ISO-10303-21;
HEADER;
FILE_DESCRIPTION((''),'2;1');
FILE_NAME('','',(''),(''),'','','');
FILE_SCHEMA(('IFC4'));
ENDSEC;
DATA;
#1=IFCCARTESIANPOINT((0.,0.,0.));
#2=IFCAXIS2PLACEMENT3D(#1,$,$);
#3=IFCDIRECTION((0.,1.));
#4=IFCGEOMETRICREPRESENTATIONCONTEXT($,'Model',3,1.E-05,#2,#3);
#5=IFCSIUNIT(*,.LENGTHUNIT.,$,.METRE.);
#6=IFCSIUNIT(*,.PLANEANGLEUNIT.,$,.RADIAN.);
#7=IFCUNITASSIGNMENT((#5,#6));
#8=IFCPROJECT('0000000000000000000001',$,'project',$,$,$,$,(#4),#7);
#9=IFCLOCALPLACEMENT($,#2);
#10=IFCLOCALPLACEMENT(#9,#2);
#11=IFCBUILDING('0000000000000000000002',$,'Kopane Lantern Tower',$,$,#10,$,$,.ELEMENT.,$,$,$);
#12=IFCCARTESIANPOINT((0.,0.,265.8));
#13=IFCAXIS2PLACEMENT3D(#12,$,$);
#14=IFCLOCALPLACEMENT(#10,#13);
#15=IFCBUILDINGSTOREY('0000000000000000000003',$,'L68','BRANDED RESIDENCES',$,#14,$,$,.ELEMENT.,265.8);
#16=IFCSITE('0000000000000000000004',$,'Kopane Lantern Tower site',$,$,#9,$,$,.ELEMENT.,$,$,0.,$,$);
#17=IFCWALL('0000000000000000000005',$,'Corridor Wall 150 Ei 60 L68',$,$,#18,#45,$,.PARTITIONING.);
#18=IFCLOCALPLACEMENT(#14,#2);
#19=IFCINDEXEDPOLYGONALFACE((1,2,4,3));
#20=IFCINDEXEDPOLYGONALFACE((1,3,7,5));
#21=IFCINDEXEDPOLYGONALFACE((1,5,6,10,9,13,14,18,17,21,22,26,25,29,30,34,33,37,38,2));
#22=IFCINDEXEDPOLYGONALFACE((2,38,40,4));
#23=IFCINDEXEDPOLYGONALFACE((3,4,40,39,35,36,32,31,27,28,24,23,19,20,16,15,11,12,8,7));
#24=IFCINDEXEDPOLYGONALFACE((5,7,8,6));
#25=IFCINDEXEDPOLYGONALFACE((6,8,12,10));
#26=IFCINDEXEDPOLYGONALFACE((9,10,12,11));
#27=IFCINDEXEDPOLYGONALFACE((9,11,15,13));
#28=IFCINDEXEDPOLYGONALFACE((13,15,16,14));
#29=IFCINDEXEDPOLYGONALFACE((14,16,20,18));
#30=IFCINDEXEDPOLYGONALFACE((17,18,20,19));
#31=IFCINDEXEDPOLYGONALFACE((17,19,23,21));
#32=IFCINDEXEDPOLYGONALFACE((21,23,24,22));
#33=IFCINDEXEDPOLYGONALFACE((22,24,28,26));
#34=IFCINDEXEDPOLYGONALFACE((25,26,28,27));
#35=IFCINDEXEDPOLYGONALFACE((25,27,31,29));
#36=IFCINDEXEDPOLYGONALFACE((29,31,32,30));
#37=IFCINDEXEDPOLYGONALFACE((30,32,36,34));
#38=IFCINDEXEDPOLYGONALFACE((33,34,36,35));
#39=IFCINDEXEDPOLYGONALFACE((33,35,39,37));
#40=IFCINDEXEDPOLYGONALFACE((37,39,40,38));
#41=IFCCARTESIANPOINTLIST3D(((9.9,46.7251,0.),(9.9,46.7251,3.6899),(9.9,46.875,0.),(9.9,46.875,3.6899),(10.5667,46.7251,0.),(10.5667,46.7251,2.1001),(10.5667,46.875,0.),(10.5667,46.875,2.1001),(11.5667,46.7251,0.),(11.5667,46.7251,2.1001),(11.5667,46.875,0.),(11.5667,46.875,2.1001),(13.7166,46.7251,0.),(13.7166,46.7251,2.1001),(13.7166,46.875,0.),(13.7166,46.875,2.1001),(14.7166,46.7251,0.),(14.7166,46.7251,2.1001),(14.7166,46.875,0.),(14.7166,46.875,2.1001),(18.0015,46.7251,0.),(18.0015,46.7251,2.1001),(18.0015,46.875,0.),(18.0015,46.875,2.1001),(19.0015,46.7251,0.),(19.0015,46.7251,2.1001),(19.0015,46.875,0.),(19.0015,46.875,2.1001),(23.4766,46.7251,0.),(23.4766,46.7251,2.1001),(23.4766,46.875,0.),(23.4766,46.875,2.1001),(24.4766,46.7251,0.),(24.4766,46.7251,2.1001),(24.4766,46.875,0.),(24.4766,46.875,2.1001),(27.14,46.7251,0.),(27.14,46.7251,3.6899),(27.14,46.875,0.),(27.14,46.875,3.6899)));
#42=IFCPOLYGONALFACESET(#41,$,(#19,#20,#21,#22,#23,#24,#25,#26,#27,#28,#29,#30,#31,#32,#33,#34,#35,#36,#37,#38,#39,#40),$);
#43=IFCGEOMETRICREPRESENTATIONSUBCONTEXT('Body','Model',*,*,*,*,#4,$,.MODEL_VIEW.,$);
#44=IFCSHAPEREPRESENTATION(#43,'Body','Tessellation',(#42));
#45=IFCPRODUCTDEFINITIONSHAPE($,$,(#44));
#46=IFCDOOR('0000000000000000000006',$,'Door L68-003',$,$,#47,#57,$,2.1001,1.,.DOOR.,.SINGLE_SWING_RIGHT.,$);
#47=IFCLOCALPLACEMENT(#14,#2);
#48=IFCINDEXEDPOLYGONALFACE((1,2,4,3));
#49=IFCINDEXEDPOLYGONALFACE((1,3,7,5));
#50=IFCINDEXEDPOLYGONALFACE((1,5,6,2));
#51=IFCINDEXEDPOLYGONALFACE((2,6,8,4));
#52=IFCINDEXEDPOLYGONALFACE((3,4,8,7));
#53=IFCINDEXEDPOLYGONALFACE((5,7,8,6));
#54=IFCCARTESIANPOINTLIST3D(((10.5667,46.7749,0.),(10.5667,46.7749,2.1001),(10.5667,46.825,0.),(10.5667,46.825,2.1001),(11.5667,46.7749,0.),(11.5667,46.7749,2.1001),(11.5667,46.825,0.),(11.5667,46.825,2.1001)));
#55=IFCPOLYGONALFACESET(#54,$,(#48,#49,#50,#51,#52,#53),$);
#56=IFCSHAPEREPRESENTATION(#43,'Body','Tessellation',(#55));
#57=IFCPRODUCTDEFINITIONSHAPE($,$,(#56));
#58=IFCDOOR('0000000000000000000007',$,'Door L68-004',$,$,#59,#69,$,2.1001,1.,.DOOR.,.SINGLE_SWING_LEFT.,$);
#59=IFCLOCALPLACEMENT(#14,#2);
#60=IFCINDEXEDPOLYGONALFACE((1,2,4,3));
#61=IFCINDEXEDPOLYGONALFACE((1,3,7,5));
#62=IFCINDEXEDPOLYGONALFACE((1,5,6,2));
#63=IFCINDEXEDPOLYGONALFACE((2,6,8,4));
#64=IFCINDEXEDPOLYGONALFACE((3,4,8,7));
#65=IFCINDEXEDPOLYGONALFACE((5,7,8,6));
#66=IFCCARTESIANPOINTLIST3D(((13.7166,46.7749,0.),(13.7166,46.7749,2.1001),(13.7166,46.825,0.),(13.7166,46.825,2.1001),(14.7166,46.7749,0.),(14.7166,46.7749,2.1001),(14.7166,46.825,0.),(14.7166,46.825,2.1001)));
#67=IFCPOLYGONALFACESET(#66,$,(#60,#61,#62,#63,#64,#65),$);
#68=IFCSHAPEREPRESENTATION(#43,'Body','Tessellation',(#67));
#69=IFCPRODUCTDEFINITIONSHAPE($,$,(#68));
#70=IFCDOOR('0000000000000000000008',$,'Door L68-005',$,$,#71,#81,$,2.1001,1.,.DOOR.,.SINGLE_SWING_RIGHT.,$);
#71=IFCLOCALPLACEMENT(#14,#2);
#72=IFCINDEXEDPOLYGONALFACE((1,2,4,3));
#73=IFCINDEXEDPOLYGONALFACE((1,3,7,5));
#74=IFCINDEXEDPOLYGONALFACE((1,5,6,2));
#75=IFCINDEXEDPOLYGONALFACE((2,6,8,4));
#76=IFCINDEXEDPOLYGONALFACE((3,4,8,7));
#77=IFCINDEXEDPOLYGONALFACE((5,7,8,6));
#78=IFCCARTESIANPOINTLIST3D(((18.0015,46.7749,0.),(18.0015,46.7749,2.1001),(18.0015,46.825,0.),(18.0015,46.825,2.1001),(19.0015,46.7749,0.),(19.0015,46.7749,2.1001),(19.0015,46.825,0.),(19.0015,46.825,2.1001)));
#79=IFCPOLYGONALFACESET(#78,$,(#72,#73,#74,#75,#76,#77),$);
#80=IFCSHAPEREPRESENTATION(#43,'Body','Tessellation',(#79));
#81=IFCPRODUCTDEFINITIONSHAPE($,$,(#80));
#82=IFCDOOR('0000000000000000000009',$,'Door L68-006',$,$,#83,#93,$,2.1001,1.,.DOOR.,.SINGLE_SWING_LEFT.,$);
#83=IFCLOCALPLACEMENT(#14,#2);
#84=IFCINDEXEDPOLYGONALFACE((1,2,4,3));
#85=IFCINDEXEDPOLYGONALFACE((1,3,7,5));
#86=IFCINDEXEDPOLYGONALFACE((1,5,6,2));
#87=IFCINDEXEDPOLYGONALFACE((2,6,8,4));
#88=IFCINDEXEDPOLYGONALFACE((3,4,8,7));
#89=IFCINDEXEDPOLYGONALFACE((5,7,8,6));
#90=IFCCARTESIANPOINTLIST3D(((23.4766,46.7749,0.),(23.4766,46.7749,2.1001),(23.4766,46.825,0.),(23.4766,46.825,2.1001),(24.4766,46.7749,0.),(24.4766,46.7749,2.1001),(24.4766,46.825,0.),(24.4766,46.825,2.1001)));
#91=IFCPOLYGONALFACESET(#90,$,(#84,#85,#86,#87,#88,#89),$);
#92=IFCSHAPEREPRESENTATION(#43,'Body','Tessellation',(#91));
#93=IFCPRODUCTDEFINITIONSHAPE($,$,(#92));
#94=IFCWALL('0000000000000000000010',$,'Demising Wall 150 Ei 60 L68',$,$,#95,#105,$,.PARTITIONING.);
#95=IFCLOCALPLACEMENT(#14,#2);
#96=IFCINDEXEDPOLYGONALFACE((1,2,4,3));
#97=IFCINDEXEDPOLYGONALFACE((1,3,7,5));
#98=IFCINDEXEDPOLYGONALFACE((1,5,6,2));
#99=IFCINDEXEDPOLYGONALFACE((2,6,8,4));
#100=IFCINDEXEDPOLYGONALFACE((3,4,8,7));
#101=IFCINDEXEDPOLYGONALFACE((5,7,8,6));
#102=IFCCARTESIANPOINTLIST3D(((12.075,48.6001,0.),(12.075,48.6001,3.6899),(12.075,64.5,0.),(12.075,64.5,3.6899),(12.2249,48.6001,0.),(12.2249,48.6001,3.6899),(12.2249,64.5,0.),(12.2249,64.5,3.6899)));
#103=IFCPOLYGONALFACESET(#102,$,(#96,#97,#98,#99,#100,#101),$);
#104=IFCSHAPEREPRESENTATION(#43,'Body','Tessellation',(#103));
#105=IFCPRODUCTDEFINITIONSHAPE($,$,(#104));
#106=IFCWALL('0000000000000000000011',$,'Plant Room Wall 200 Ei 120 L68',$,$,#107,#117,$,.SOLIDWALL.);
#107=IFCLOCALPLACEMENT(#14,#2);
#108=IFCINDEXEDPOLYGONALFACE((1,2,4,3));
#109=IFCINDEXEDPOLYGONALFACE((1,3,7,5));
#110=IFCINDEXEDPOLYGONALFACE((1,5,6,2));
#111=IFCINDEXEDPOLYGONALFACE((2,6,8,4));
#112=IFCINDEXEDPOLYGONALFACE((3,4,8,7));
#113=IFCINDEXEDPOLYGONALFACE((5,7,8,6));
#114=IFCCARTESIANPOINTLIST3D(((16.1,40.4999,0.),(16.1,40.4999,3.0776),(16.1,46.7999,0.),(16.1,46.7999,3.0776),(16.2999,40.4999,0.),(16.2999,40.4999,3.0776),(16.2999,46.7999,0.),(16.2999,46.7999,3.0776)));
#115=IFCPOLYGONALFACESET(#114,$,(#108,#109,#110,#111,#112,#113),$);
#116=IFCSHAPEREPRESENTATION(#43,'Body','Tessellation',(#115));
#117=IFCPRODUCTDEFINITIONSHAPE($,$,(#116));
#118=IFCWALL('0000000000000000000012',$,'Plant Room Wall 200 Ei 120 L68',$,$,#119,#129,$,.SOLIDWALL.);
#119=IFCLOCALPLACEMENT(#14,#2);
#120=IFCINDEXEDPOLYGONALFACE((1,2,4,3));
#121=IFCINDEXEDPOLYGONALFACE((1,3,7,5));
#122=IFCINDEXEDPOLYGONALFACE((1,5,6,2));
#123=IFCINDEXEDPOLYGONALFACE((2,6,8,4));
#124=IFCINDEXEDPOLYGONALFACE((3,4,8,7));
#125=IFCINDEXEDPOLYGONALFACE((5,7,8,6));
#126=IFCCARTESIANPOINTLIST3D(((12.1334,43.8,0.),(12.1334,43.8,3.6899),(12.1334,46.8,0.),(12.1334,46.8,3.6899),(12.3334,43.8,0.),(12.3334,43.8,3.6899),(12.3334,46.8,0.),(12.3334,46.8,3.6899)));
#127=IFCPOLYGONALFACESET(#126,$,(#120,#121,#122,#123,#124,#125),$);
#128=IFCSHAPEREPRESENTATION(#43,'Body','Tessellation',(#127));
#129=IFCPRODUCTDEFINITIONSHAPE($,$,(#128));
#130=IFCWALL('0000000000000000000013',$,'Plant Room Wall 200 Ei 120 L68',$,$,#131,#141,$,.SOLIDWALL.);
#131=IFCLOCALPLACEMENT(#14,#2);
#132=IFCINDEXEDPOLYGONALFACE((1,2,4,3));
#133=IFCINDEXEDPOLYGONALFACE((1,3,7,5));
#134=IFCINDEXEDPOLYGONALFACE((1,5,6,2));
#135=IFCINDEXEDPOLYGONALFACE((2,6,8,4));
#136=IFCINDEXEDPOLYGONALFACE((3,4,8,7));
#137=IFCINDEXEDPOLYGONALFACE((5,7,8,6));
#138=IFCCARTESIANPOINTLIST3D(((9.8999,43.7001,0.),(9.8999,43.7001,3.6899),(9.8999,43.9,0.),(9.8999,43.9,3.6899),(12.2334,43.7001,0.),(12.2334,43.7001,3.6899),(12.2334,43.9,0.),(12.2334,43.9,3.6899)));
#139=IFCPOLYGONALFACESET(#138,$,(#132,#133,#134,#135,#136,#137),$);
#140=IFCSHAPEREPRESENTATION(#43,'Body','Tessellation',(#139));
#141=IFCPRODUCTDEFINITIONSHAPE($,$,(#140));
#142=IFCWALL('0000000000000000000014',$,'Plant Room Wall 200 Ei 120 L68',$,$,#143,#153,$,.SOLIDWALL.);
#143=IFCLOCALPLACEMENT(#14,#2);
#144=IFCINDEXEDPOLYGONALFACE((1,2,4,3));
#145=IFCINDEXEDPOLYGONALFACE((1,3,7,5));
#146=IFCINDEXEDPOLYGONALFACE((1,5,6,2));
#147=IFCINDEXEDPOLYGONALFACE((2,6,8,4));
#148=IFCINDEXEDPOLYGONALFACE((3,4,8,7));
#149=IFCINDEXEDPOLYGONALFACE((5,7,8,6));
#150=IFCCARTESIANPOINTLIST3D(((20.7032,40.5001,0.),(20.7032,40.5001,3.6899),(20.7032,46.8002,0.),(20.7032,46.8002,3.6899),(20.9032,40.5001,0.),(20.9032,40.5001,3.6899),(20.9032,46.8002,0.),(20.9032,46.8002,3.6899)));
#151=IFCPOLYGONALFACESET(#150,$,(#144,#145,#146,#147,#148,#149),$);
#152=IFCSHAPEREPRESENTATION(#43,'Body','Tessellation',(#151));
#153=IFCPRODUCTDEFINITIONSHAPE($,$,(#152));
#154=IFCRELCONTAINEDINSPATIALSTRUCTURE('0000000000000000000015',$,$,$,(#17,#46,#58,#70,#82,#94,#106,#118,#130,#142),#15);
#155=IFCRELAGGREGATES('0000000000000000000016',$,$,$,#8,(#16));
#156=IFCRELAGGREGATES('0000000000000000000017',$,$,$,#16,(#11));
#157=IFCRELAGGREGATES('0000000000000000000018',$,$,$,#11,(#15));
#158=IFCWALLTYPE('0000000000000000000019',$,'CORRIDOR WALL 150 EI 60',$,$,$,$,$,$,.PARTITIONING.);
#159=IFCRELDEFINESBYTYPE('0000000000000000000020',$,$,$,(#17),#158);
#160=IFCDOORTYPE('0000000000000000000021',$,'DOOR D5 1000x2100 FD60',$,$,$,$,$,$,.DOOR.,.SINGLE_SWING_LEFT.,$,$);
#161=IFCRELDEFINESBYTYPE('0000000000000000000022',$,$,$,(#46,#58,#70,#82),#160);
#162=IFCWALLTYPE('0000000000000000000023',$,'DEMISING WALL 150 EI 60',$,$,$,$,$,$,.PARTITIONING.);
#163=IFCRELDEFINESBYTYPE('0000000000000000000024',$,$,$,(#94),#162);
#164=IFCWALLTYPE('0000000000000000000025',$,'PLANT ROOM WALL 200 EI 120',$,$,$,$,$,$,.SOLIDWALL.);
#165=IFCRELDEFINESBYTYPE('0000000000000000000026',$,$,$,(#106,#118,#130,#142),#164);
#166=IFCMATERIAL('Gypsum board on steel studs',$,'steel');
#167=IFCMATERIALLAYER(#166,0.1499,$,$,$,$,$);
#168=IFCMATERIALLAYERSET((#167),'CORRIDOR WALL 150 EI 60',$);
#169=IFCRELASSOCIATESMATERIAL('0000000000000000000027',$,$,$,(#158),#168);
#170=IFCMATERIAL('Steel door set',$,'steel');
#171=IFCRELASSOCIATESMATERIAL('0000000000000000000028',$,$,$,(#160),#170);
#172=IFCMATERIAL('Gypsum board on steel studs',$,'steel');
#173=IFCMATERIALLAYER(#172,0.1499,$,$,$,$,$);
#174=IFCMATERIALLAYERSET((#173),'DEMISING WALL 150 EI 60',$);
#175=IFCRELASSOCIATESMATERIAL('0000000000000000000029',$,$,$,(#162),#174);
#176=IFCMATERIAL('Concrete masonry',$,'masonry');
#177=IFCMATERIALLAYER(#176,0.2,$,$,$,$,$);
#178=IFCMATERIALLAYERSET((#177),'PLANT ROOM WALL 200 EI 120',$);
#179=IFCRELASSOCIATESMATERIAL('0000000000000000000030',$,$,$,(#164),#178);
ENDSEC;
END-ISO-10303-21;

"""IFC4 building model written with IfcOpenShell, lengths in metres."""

from ifc_helpers import new_model, si_unit, direction, frame, frame_2d, origin, place, context, subcontext, project, spatial, rectangle, extrude, material, layer, layer_set, type_object, element, fill, save


model = new_model("IFC4")

# Units and contexts
model_context = context("Model", 3, precision=1e-05, world=origin(), true_north=direction((0.0, 1.0)))
body_context = subcontext(model_context, "Body", "Model", "MODEL_VIEW")
ifc_project = project(units=[si_unit("LENGTHUNIT", "METRE"), si_unit("PLANEANGLEUNIT", "RADIAN")], contexts=[model_context])

# Site, building, storey
site_placement = place(None, origin())
site = spatial("IfcSite", under=ifc_project, at=site_placement, Name="Kopane Lantern Tower site", CompositionType="ELEMENT", RefElevation=0.0)
building_placement = place(site_placement, origin())
building = spatial("IfcBuilding", under=site, at=building_placement, Name="Kopane Lantern Tower", CompositionType="ELEMENT")
storey_placement = place(building_placement, frame((0.0, 0.0, 265.8)))
storey = spatial("IfcBuildingStorey", under=building, at=storey_placement, Name="L68", Description="BRANDED RESIDENCES", CompositionType="ELEMENT", Elevation=265.8)

# Wall, openings, doors
ifc_material_1 = material(Name="Gypsum board on steel studs", Category="steel")
ifc_layer_1 = layer(ifc_material_1, 0.1499)
ifc_layer_set_1 = layer_set([ifc_layer_1], Name="CORRIDOR WALL 150 EI 60")
wall_type_1 = type_object("IfcWallType", Name="CORRIDOR WALL 150 EI 60", PredefinedType="PARTITIONING", material=ifc_layer_set_1)
wall_1_placement = place(storey_placement, frame((9.8999, 46.8, 0.0), z_axis=(0.0, 0.0, 1.0), x_axis=(1.0, 0.0, 0.0)))
wall_1 = element("IfcWall", 1, at=wall_1_placement, inside=storey, type_object=wall_type_1, Name="Corridor Wall 150 Ei 60 L68", PredefinedType="PARTITIONING", context=body_context, shape_type="SweptSolid", body=[
    extrude(rectangle(XDim=17.24, YDim=0.1499, at=frame_2d((8.6201, 0.0))), origin(), (0.0, 0.0, 1.0), 3.6899),
])
opening_1_placement = place(wall_1_placement, frame((0.6667, 0.0, 0.0)))
opening_1 = element("IfcOpeningElement", 2, at=opening_1_placement, cuts=wall_1, PredefinedType="OPENING", context=body_context, shape_type="SweptSolid", body=[
    extrude(rectangle(XDim=1.0, YDim=2.1001, at=frame_2d((0.5, 1.05))), frame((0.0, 0.085, 0.0), z_axis=(0.0, -1.0, 0.0), x_axis=(1.0, 0.0, 0.0)), (0.0, 0.0, 1.0), 0.1699),
])
opening_2_placement = place(wall_1_placement, frame((3.8167, 0.0, 0.0)))
opening_2 = element("IfcOpeningElement", 3, at=opening_2_placement, cuts=wall_1, PredefinedType="OPENING", context=body_context, shape_type="SweptSolid", body=[
    extrude(rectangle(XDim=1.0, YDim=2.1001, at=frame_2d((0.5, 1.05))), frame((0.0, 0.085, 0.0), z_axis=(0.0, -1.0, 0.0), x_axis=(1.0, 0.0, 0.0)), (0.0, 0.0, 1.0), 0.1699),
])
opening_3_placement = place(wall_1_placement, frame((8.1016, 0.0, 0.0)))
opening_3 = element("IfcOpeningElement", 4, at=opening_3_placement, cuts=wall_1, PredefinedType="OPENING", context=body_context, shape_type="SweptSolid", body=[
    extrude(rectangle(XDim=1.0, YDim=2.1001, at=frame_2d((0.5, 1.05))), frame((0.0, 0.085, 0.0), z_axis=(0.0, -1.0, 0.0), x_axis=(1.0, 0.0, 0.0)), (0.0, 0.0, 1.0), 0.1699),
])
opening_4_placement = place(wall_1_placement, frame((13.5767, 0.0, 0.0)))
opening_4 = element("IfcOpeningElement", 5, at=opening_4_placement, cuts=wall_1, PredefinedType="OPENING", context=body_context, shape_type="SweptSolid", body=[
    extrude(rectangle(XDim=1.0, YDim=2.1001, at=frame_2d((0.5, 1.05))), frame((0.0, 0.085, 0.0), z_axis=(0.0, -1.0, 0.0), x_axis=(1.0, 0.0, 0.0)), (0.0, 0.0, 1.0), 0.1699),
])
ifc_material_2 = material(Name="Steel door set", Category="steel")
door_type_1 = type_object("IfcDoorType", Name="DOOR D5 1000x2100 FD60", OperationType="SINGLE_SWING_LEFT", PredefinedType="DOOR", material=ifc_material_2)
door_1_placement = place(opening_1_placement, origin())
door_1 = element("IfcDoor", 6, at=door_1_placement, inside=storey, type_object=door_type_1, Name="Door L68-003", OperationType="SINGLE_SWING_RIGHT", OverallHeight=2.1001, OverallWidth=1.0, PredefinedType="DOOR", context=body_context, shape_type="SweptSolid", body=[
    extrude(rectangle(XDim=1.0, YDim=2.1001, at=frame_2d((0.5, 1.05))), frame((0.0, 0.0249, 0.0), z_axis=(0.0, -1.0, 0.0), x_axis=(1.0, 0.0, 0.0)), (0.0, 0.0, 1.0), 0.05),
])
fill(opening_1, door_1)
door_2_placement = place(opening_2_placement, origin())
door_2 = element("IfcDoor", 7, at=door_2_placement, inside=storey, type_object=door_type_1, Name="Door L68-004", OperationType="SINGLE_SWING_LEFT", OverallHeight=2.1001, OverallWidth=1.0, PredefinedType="DOOR", context=body_context, shape_type="SweptSolid", body=[
    extrude(rectangle(XDim=1.0, YDim=2.1001, at=frame_2d((0.5, 1.05))), frame((0.0, 0.0249, 0.0), z_axis=(0.0, -1.0, 0.0), x_axis=(1.0, 0.0, 0.0)), (0.0, 0.0, 1.0), 0.05),
])
fill(opening_2, door_2)
door_3_placement = place(opening_3_placement, origin())
door_3 = element("IfcDoor", 8, at=door_3_placement, inside=storey, type_object=door_type_1, Name="Door L68-005", OperationType="SINGLE_SWING_RIGHT", OverallHeight=2.1001, OverallWidth=1.0, PredefinedType="DOOR", context=body_context, shape_type="SweptSolid", body=[
    extrude(rectangle(XDim=1.0, YDim=2.1001, at=frame_2d((0.5, 1.05))), frame((0.0, 0.0249, 0.0), z_axis=(0.0, -1.0, 0.0), x_axis=(1.0, 0.0, 0.0)), (0.0, 0.0, 1.0), 0.05),
])
fill(opening_3, door_3)
door_4_placement = place(opening_4_placement, origin())
door_4 = element("IfcDoor", 9, at=door_4_placement, inside=storey, type_object=door_type_1, Name="Door L68-006", OperationType="SINGLE_SWING_LEFT", OverallHeight=2.1001, OverallWidth=1.0, PredefinedType="DOOR", context=body_context, shape_type="SweptSolid", body=[
    extrude(rectangle(XDim=1.0, YDim=2.1001, at=frame_2d((0.5, 1.05))), frame((0.0, 0.0249, 0.0), z_axis=(0.0, -1.0, 0.0), x_axis=(1.0, 0.0, 0.0)), (0.0, 0.0, 1.0), 0.05),
])
fill(opening_4, door_4)

# Walls
ifc_material_3 = material(Name="Gypsum board on steel studs", Category="steel")
ifc_layer_2 = layer(ifc_material_3, 0.1499)
ifc_layer_set_2 = layer_set([ifc_layer_2], Name="DEMISING WALL 150 EI 60")
wall_type_2 = type_object("IfcWallType", Name="DEMISING WALL 150 EI 60", PredefinedType="PARTITIONING", material=ifc_layer_set_2)
wall_2_placement = place(storey_placement, frame((12.1499, 48.6001, 0.0), z_axis=(0.0, 0.0, 1.0), x_axis=(0.0, 1.0, 0.0)))
element("IfcWall", 10, at=wall_2_placement, inside=storey, type_object=wall_type_2, Name="Demising Wall 150 Ei 60 L68", PredefinedType="PARTITIONING", context=body_context, shape_type="SweptSolid", body=[
    extrude(rectangle(XDim=15.8999, YDim=0.1499, at=frame_2d((7.95, 0.0))), origin(), (0.0, 0.0, 1.0), 3.6899),
])
ifc_material_4 = material(Name="Concrete masonry", Category="masonry")
ifc_layer_3 = layer(ifc_material_4, 0.2)
ifc_layer_set_3 = layer_set([ifc_layer_3], Name="PLANT ROOM WALL 200 EI 120")
wall_type_3 = type_object("IfcWallType", Name="PLANT ROOM WALL 200 EI 120", PredefinedType="SOLIDWALL", material=ifc_layer_set_3)
wall_3_placement = place(storey_placement, frame((16.2, 40.5, 0.0), z_axis=(0.0, 0.0, 1.0), x_axis=(0.0, 1.0, 0.0)))
element("IfcWall", 11, at=wall_3_placement, inside=storey, type_object=wall_type_3, Name="Plant Room Wall 200 Ei 120 L68", PredefinedType="SOLIDWALL", context=body_context, shape_type="SweptSolid", body=[
    extrude(rectangle(XDim=6.3, YDim=0.2, at=frame_2d((3.1499, 0.0))), origin(), (0.0, 0.0, 1.0), 3.0776),
])
wall_4_placement = place(storey_placement, frame((12.2334, 46.8, 0.0), z_axis=(0.0, 0.0, 1.0), x_axis=(0.0, -1.0, 0.0)))
element("IfcWall", 12, at=wall_4_placement, inside=storey, type_object=wall_type_3, Name="Plant Room Wall 200 Ei 120 L68", PredefinedType="SOLIDWALL", context=body_context, shape_type="SweptSolid", body=[
    extrude(rectangle(XDim=3.0, YDim=0.2, at=frame_2d((1.5, 0.0))), origin(), (0.0, 0.0, 1.0), 3.6899),
])
wall_5_placement = place(storey_placement, frame((9.8999, 43.8, 0.0), z_axis=(0.0, 0.0, 1.0), x_axis=(1.0, 0.0, 0.0)))
element("IfcWall", 13, at=wall_5_placement, inside=storey, type_object=wall_type_3, Name="Plant Room Wall 200 Ei 120 L68", PredefinedType="SOLIDWALL", context=body_context, shape_type="SweptSolid", body=[
    extrude(rectangle(XDim=2.3335, YDim=0.2, at=frame_2d((1.1667, 0.0))), origin(), (0.0, 0.0, 1.0), 3.6899),
])
wall_6_placement = place(storey_placement, frame((20.8032, 46.8, 0.0), z_axis=(0.0, 0.0, 1.0), x_axis=(0.0, -1.0, 0.0)))
element("IfcWall", 14, at=wall_6_placement, inside=storey, type_object=wall_type_3, Name="Plant Room Wall 200 Ei 120 L68", PredefinedType="SOLIDWALL", context=body_context, shape_type="SweptSolid", body=[
    extrude(rectangle(XDim=6.3, YDim=0.2, at=frame_2d((3.1499, 0.0))), origin(), (0.0, 0.0, 1.0), 3.6899),
])

save(model, "model.ifc")
